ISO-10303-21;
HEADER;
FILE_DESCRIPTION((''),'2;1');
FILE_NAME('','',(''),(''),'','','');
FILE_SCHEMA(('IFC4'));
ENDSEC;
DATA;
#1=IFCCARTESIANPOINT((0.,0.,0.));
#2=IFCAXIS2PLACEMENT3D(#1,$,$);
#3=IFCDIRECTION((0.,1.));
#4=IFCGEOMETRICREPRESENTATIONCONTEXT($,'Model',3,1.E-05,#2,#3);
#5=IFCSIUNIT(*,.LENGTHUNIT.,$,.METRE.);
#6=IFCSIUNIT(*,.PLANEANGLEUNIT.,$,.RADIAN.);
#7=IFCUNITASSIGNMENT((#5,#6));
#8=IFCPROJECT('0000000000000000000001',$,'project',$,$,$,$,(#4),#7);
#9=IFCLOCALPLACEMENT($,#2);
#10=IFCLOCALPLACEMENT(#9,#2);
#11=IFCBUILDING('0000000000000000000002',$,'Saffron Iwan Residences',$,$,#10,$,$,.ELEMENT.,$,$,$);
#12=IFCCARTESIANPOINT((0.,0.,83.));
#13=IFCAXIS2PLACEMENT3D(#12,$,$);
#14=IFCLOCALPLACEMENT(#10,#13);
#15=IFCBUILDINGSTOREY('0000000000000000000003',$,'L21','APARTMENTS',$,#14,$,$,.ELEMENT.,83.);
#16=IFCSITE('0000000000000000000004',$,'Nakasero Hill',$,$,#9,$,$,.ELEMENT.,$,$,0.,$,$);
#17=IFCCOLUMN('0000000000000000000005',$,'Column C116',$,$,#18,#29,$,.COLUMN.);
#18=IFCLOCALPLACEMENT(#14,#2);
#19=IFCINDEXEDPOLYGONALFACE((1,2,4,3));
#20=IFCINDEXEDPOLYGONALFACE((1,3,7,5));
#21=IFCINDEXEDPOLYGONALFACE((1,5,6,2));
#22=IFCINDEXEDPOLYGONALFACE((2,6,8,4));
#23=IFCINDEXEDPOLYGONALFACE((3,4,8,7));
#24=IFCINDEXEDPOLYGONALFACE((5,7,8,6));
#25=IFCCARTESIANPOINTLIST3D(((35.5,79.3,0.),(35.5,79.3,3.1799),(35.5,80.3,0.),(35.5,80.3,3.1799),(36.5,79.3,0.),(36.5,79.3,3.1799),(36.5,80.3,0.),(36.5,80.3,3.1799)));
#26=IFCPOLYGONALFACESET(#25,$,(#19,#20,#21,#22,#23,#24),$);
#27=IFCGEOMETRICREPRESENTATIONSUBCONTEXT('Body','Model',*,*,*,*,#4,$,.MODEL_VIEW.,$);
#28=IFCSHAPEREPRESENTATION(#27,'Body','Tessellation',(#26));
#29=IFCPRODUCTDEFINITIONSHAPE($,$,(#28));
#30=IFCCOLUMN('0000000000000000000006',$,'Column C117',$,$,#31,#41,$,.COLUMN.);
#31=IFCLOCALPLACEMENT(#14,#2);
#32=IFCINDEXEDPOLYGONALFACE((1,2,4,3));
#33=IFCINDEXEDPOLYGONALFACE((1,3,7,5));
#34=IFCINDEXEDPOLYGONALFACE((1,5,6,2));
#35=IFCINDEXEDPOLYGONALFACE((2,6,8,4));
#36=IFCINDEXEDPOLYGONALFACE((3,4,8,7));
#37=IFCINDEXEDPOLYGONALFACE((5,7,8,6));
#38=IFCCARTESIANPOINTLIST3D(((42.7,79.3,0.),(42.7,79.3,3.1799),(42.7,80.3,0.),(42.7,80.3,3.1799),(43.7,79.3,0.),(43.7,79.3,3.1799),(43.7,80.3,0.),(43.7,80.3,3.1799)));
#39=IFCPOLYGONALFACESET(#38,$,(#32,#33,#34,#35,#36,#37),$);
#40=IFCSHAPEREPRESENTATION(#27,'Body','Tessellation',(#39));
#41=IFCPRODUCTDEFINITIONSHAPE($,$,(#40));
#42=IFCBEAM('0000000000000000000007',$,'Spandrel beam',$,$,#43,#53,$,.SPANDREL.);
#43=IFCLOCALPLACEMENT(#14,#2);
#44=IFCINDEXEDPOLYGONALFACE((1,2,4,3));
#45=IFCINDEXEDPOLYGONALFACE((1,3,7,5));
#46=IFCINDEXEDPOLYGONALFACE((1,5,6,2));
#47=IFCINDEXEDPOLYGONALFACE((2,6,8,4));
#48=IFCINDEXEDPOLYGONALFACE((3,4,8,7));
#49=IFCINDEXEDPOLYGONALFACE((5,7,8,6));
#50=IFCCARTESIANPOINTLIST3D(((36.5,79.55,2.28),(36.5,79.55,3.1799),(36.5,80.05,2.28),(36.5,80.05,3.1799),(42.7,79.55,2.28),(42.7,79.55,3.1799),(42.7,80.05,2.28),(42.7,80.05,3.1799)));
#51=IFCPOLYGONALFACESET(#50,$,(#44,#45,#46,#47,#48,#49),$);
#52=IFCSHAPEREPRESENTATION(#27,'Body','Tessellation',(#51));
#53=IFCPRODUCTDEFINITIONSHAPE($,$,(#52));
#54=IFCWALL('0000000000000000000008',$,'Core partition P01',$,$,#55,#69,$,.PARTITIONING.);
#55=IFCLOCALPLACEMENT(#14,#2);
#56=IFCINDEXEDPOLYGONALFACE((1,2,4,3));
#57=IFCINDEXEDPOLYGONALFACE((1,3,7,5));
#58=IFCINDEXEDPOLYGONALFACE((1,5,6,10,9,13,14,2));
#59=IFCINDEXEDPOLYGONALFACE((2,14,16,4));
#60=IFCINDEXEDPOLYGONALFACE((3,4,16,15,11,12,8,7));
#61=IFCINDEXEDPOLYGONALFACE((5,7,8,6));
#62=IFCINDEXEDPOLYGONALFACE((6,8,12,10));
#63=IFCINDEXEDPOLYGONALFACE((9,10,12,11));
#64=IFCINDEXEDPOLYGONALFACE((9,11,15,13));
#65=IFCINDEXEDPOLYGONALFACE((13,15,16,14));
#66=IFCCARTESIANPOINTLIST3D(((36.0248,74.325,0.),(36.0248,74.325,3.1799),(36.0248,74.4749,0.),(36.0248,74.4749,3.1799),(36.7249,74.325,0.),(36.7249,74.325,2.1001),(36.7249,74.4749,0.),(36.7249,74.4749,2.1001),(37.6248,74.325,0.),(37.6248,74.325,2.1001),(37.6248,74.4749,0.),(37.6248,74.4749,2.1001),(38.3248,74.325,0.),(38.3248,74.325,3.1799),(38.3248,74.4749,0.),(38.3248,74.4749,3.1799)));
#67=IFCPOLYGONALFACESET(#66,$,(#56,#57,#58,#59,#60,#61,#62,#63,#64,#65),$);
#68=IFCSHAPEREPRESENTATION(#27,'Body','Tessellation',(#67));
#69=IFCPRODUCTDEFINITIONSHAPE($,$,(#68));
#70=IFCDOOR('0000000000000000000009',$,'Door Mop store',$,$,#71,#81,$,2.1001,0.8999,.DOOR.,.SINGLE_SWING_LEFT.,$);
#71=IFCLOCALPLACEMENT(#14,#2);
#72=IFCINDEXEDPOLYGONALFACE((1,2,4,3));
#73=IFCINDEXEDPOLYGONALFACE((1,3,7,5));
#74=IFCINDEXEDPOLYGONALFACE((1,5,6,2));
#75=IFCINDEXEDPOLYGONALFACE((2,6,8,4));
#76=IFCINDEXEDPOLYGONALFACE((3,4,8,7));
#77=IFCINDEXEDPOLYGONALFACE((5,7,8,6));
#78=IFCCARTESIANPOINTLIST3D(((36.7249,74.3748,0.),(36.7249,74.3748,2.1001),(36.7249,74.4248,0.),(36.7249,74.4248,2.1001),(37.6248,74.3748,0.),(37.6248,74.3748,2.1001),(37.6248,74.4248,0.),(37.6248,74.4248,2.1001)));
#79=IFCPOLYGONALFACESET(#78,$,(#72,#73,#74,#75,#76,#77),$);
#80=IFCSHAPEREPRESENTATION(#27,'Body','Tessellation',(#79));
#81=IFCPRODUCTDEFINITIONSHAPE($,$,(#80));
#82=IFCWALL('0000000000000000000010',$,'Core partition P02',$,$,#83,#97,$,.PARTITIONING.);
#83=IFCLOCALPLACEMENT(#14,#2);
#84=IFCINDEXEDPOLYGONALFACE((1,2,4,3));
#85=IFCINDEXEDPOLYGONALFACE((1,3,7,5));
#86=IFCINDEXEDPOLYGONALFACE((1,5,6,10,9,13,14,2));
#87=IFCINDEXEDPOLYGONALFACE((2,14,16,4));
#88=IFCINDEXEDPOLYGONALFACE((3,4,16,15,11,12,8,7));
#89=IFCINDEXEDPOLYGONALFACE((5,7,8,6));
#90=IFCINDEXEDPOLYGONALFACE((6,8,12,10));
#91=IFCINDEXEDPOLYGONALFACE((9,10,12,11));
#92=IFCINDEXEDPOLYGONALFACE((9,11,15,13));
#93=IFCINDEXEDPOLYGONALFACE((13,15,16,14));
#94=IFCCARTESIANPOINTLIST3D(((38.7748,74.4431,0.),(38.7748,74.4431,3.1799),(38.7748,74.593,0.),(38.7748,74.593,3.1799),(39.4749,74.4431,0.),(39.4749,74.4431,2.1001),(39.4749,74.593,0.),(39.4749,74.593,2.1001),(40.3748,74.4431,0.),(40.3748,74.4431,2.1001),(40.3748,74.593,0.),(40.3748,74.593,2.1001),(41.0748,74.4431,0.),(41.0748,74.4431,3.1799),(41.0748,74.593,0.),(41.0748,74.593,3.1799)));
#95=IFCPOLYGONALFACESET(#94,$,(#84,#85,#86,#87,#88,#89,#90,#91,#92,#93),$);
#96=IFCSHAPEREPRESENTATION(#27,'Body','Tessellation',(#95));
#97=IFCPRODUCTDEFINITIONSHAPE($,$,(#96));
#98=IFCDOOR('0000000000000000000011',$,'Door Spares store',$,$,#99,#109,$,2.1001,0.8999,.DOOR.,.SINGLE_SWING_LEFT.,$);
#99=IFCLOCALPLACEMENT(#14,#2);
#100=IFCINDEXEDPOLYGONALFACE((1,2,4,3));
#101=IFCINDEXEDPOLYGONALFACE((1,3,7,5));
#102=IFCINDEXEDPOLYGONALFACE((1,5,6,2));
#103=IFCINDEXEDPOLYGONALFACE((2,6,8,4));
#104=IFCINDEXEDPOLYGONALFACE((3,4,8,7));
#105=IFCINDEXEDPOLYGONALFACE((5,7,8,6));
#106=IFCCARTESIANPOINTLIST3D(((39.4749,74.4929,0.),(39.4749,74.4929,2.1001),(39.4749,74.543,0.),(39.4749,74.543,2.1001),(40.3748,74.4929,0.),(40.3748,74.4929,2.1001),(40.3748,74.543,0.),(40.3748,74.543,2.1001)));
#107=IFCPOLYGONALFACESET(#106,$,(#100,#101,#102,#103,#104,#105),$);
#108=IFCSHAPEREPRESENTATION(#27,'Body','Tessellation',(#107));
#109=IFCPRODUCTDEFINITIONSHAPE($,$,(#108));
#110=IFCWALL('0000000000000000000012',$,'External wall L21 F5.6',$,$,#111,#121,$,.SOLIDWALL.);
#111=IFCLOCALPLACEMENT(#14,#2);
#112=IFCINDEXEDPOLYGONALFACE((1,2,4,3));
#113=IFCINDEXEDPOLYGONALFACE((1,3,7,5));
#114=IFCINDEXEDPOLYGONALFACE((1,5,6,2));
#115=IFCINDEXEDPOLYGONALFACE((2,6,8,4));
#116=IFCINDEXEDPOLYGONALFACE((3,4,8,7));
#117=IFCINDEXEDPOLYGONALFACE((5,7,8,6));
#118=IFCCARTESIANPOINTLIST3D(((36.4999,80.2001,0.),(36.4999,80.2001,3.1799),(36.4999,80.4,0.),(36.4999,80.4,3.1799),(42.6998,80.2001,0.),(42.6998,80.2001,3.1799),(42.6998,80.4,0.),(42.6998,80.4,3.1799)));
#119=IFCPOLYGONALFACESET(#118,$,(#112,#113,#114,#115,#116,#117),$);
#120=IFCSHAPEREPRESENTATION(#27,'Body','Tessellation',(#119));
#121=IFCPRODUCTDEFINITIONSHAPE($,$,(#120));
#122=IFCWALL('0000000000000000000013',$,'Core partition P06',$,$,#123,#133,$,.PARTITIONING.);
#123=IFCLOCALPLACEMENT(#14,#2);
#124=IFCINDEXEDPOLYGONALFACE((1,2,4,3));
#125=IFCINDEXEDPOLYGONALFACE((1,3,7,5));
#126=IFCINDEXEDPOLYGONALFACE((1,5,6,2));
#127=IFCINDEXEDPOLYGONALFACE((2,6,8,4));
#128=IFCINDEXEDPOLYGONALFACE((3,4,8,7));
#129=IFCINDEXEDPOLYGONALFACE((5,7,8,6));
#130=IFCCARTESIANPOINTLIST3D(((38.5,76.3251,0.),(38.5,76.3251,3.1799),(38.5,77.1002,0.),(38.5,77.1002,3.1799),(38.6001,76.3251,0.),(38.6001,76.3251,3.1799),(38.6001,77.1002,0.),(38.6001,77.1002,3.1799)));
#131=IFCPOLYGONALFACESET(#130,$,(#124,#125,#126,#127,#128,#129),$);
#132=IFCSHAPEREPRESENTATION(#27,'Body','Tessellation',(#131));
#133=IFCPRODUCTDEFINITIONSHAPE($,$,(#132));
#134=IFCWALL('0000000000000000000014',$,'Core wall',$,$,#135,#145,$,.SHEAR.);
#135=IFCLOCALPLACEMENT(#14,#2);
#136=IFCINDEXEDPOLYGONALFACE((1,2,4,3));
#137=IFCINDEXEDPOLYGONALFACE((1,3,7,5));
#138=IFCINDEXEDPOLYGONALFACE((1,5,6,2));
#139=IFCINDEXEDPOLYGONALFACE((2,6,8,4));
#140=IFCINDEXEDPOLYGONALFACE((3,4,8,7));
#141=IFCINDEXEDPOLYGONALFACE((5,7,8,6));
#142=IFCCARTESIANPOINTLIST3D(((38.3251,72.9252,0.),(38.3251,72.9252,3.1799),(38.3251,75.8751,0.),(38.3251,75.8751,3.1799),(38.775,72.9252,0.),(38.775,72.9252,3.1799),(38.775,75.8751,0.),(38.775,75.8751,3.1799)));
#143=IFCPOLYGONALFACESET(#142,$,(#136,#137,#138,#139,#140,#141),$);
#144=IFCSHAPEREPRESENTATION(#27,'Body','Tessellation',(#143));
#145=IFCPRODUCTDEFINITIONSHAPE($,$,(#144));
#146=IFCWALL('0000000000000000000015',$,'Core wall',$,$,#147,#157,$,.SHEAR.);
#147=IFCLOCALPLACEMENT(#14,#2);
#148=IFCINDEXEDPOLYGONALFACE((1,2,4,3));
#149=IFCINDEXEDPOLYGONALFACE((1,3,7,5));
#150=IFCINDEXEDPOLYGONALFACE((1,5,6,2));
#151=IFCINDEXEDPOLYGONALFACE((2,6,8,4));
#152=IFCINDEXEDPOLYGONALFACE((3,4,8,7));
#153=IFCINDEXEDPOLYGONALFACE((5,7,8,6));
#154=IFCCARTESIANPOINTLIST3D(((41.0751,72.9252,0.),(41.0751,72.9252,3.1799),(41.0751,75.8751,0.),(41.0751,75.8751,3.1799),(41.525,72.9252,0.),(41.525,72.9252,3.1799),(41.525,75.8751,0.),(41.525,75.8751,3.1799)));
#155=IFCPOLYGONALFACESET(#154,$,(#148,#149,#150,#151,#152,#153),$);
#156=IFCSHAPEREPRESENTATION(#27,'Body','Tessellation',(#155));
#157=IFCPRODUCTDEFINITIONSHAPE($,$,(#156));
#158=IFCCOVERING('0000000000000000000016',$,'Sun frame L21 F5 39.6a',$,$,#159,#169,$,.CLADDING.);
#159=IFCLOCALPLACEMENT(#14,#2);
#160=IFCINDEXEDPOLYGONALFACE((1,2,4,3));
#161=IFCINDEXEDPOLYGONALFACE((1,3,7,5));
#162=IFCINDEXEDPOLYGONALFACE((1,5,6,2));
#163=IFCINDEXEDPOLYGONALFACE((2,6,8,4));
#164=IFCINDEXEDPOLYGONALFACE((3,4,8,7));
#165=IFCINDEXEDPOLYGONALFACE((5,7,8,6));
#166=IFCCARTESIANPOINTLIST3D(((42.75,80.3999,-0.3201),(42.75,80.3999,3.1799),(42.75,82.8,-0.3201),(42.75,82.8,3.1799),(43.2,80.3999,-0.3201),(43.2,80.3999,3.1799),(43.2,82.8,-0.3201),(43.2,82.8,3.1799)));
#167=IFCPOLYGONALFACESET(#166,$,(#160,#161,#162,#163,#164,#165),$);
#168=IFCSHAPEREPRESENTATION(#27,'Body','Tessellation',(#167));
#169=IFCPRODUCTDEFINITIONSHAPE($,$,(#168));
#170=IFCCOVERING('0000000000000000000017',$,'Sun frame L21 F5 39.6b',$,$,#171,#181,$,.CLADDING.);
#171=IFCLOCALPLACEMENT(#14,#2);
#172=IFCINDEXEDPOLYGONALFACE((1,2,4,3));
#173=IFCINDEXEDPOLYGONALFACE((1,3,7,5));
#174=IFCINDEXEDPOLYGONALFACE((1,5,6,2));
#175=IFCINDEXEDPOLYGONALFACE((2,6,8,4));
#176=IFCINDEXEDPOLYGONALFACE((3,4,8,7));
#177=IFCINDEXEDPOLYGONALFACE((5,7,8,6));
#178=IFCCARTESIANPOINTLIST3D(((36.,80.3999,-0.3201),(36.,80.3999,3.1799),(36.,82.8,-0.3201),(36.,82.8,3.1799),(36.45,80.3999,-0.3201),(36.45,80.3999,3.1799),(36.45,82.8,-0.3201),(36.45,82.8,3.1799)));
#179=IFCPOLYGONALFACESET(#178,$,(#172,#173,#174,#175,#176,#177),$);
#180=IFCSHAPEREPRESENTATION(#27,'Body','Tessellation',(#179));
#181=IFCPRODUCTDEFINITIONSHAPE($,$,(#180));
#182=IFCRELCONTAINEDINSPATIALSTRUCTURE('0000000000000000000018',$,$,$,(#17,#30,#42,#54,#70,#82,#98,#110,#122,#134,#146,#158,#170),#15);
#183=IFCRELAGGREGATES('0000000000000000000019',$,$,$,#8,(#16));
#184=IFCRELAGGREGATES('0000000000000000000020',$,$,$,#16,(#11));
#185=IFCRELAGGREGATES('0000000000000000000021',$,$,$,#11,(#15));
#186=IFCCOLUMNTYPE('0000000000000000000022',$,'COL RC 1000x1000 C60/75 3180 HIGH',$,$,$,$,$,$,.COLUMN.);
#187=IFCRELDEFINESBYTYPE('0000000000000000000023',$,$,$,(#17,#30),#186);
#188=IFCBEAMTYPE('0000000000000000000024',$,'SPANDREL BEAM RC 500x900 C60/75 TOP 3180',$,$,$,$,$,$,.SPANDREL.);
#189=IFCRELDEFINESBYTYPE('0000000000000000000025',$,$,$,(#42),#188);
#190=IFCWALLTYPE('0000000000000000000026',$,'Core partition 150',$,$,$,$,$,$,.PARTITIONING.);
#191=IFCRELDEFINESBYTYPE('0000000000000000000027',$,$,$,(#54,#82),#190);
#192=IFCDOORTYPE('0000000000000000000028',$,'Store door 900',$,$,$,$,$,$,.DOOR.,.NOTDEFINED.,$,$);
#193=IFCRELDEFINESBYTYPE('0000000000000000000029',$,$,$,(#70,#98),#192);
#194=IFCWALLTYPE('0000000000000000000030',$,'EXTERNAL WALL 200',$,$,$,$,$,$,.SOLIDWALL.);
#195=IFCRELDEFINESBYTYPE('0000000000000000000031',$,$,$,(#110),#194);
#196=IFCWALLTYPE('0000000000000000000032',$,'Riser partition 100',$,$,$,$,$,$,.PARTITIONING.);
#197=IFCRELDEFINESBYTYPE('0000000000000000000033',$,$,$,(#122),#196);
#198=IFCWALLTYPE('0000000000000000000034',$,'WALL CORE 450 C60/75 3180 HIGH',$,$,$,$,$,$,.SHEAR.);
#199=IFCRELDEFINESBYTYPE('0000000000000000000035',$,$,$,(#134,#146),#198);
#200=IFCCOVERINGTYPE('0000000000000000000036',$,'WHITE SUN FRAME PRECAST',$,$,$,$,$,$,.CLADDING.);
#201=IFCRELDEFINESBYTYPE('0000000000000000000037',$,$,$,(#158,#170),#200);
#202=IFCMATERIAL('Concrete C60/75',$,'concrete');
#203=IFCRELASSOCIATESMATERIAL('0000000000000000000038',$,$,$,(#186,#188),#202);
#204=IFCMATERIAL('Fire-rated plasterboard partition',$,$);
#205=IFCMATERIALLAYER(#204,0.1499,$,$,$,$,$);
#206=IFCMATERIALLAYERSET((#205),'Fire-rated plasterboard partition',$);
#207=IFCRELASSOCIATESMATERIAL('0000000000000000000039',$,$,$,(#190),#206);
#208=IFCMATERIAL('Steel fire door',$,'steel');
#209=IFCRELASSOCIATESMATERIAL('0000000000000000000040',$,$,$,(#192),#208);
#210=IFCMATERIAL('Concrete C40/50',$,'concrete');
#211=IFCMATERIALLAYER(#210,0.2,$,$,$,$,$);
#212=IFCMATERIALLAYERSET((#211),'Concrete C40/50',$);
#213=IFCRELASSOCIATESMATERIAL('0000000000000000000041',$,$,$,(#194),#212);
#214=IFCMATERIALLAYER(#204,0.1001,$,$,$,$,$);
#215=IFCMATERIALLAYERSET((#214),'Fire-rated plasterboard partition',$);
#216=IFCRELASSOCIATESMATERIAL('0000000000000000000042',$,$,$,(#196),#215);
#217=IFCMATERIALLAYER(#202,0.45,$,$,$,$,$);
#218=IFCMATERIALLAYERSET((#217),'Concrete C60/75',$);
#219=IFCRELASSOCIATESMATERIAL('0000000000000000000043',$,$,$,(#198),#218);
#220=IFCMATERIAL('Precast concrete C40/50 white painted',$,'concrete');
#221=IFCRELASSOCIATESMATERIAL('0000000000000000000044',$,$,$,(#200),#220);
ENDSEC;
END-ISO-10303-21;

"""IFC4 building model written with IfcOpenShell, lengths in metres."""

from ifc_helpers import new_model, si_unit, direction, frame, frame_2d, origin, origin_2d, place, context, subcontext, project, spatial, polyline, rectangle, outline, extrude, source, transform, mapped, material, layer, layer_set, material_profile, profile_set, type_object, element, fill, save


model = new_model("IFC4")

# Units and contexts
model_context = context("Model", 3, precision=1e-05, world=origin(), true_north=direction((0.0, 1.0)))
body_context = subcontext(model_context, "Body", "Model", "MODEL_VIEW")
ifc_project = project(units=[si_unit("LENGTHUNIT", "METRE"), si_unit("PLANEANGLEUNIT", "RADIAN")], contexts=[model_context])

# Site, building, storey
site_placement = place(None, origin())
site = spatial("IfcSite", under=ifc_project, at=site_placement, Name="Nakasero Hill", CompositionType="ELEMENT", RefElevation=0.0)
building_placement = place(site_placement, origin())
building = spatial("IfcBuilding", under=site, at=building_placement, Name="Saffron Iwan Residences", CompositionType="ELEMENT")
storey_placement = place(building_placement, frame((0.0, 0.0, 83.0)))
storey = spatial("IfcBuildingStorey", under=building, at=storey_placement, Name="L21", Description="APARTMENTS", CompositionType="ELEMENT", Elevation=83.0)

# Columns
ifc_material_1 = material(Name="Concrete C60/75", Category="concrete")
ifc_material_profile_1 = material_profile(ifc_material_1, rectangle(XDim=1.0, YDim=1.0, at=origin_2d()), Name="RC 1000x1000")
ifc_profile_set_1 = profile_set([ifc_material_profile_1], Name="Concrete C60/75")
column_type = type_object("IfcColumnType", Name="COL RC 1000x1000 C60/75 3180 HIGH", PredefinedType="COLUMN", material=ifc_profile_set_1)
shared_shape_1 = source(origin(), body_context, "Body", "SweptSolid", [
    extrude(rectangle(XDim=1.0, YDim=1.0, at=origin_2d()), origin(), (0.0, 0.0, 1.0), 3.1799),
])
for number, where, z_axis, x_axis, name in (
    (1, (36.0, 79.8, 0.0), (0.0, 0.0, 1.0), (1.0, 0.0, 0.0), "Column C116"),
    (2, (43.2, 79.8, 0.0), (0.0, 0.0, 1.0), (1.0, 0.0, 0.0), "Column C117"),
):
    element("IfcColumn", number, at=place(storey_placement, frame(where, z_axis=z_axis, x_axis=x_axis)), inside=storey, type_object=column_type, Name=name, PredefinedType="COLUMN", context=body_context, shape_type="MappedRepresentation", body=[
        mapped(shared_shape_1, transform((0.0, 0.0, 0.0))),
    ])

# Beam
ifc_material_profile_2 = material_profile(ifc_material_1, rectangle(XDim=0.5, YDim=0.8999, at=origin_2d()), Name="RC 500x900")
ifc_profile_set_2 = profile_set([ifc_material_profile_2], Name="Concrete C60/75")
beam_type = type_object("IfcBeamType", Name="SPANDREL BEAM RC 500x900 C60/75 TOP 3180", PredefinedType="SPANDREL", material=ifc_profile_set_2)
shared_shape_2 = source(origin(), body_context, "Body", "SweptSolid", [
    extrude(rectangle(XDim=0.5, YDim=0.8999, at=origin_2d()), origin(), (0.0, 0.0, 1.0), 6.2),
])
beam_placement = place(storey_placement, frame((36.5, 79.8, 2.73), z_axis=(1.0, 0.0, 0.0), x_axis=(0.0, 1.0, 0.0)))
element("IfcBeam", 3, at=beam_placement, inside=storey, type_object=beam_type, Name="Spandrel beam", PredefinedType="SPANDREL", context=body_context, shape_type="MappedRepresentation", body=[
    mapped(shared_shape_2, transform((0.0, 0.0, 0.0))),
])

# Walls, openings, doors
ifc_material_2 = material(Name="Fire-rated plasterboard partition")
ifc_layer_1 = layer(ifc_material_2, 0.1499)
ifc_layer_set_1 = layer_set([ifc_layer_1], Name="Fire-rated plasterboard partition")
wall_type_1 = type_object("IfcWallType", Name="Core partition 150", PredefinedType="PARTITIONING", material=ifc_layer_set_1)
wall_1_placement = place(storey_placement, frame((36.0249, 74.3999, 0.0), z_axis=(0.0, 0.0, 1.0), x_axis=(1.0, 0.0, 0.0)))
wall_1 = element("IfcWall", 4, at=wall_1_placement, inside=storey, type_object=wall_type_1, Name="Core partition P01", PredefinedType="PARTITIONING", context=body_context, shape_type="SweptSolid", body=[
    extrude(rectangle(XDim=2.3, YDim=0.1499, at=frame_2d((1.1499, 0.0))), origin(), (0.0, 0.0, 1.0), 3.1799),
])
opening_1_placement = place(wall_1_placement, frame((0.7, 0.0, 0.0)))
opening_1 = element("IfcOpeningElement", 5, at=opening_1_placement, cuts=wall_1, PredefinedType="OPENING", context=body_context, shape_type="SweptSolid", body=[
    extrude(rectangle(XDim=0.8999, YDim=2.1001, at=frame_2d((0.45, 1.05))), frame((0.0, 0.085, 0.0), z_axis=(0.0, -1.0, 0.0), x_axis=(1.0, 0.0, 0.0)), (0.0, 0.0, 1.0), 0.1699),
])
ifc_material_3 = material(Name="Steel fire door", Category="steel")
door_type = type_object("IfcDoorType", Name="Store door 900", OperationType="NOTDEFINED", PredefinedType="DOOR", material=ifc_material_3)
door_1_placement = place(opening_1_placement, origin())
door_1 = element("IfcDoor", 6, at=door_1_placement, inside=storey, type_object=door_type, Name="Door Mop store", OperationType="SINGLE_SWING_LEFT", OverallHeight=2.1001, OverallWidth=0.8999, PredefinedType="DOOR", context=body_context, shape_type="SweptSolid", body=[
    extrude(rectangle(XDim=0.8999, YDim=2.1001, at=frame_2d((0.45, 1.05))), frame((0.0, 0.0249, 0.0), z_axis=(0.0, -1.0, 0.0), x_axis=(1.0, 0.0, 0.0)), (0.0, 0.0, 1.0), 0.05),
])
fill(opening_1, door_1)
wall_2_placement = place(storey_placement, frame((38.7749, 74.5181, 0.0), z_axis=(0.0, 0.0, 1.0), x_axis=(1.0, 0.0, 0.0)))
wall_2 = element("IfcWall", 7, at=wall_2_placement, inside=storey, type_object=wall_type_1, Name="Core partition P02", PredefinedType="PARTITIONING", context=body_context, shape_type="SweptSolid", body=[
    extrude(rectangle(XDim=2.3, YDim=0.1499, at=frame_2d((1.1499, 0.0))), origin(), (0.0, 0.0, 1.0), 3.1799),
])
opening_2_placement = place(wall_2_placement, frame((0.7, 0.0, 0.0)))
opening_2 = element("IfcOpeningElement", 8, at=opening_2_placement, cuts=wall_2, PredefinedType="OPENING", context=body_context, shape_type="SweptSolid", body=[
    extrude(rectangle(XDim=0.8999, YDim=2.1001, at=frame_2d((0.45, 1.05))), frame((0.0, 0.085, 0.0), z_axis=(0.0, -1.0, 0.0), x_axis=(1.0, 0.0, 0.0)), (0.0, 0.0, 1.0), 0.1699),
])
door_2_placement = place(opening_2_placement, origin())
door_2 = element("IfcDoor", 9, at=door_2_placement, inside=storey, type_object=door_type, Name="Door Spares store", OperationType="SINGLE_SWING_LEFT", OverallHeight=2.1001, OverallWidth=0.8999, PredefinedType="DOOR", context=body_context, shape_type="SweptSolid", body=[
    extrude(rectangle(XDim=0.8999, YDim=2.1001, at=frame_2d((0.45, 1.05))), frame((0.0, 0.0249, 0.0), z_axis=(0.0, -1.0, 0.0), x_axis=(1.0, 0.0, 0.0)), (0.0, 0.0, 1.0), 0.05),
])
fill(opening_2, door_2)

# Walls
ifc_material_4 = material(Name="Concrete C40/50", Category="concrete")
ifc_layer_2 = layer(ifc_material_4, 0.2)
ifc_layer_set_2 = layer_set([ifc_layer_2], Name="Concrete C40/50")
wall_type_2 = type_object("IfcWallType", Name="EXTERNAL WALL 200", PredefinedType="SOLIDWALL", material=ifc_layer_set_2)
wall_3_placement = place(storey_placement, frame((42.7, 80.3, 0.0), z_axis=(0.0, 0.0, 1.0), x_axis=(-1.0, 0.0, 0.0)))
element("IfcWall", 10, at=wall_3_placement, inside=storey, type_object=wall_type_2, Name="External wall L21 F5.6", PredefinedType="SOLIDWALL", context=body_context, shape_type="SweptSolid", body=[
    extrude(rectangle(XDim=6.2, YDim=0.2, at=frame_2d((3.1001, 0.0))), origin(), (0.0, 0.0, 1.0), 3.1799),
])
ifc_layer_3 = layer(ifc_material_2, 0.1001)
ifc_layer_set_3 = layer_set([ifc_layer_3], Name="Fire-rated plasterboard partition")
wall_type_3 = type_object("IfcWallType", Name="Riser partition 100", PredefinedType="PARTITIONING", material=ifc_layer_set_3)
wall_4_placement = place(storey_placement, frame((38.55, 76.325, 0.0), z_axis=(0.0, 0.0, 1.0), x_axis=(0.0, 1.0, 0.0)))
element("IfcWall", 11, at=wall_4_placement, inside=storey, type_object=wall_type_3, Name="Core partition P06", PredefinedType="PARTITIONING", context=body_context, shape_type="SweptSolid", body=[
    extrude(rectangle(XDim=0.7751, YDim=0.1001, at=frame_2d((0.3877, 0.0))), origin(), (0.0, 0.0, 1.0), 3.1799),
])
ifc_layer_4 = layer(ifc_material_1, 0.45)
ifc_layer_set_4 = layer_set([ifc_layer_4], Name="Concrete C60/75")
wall_type_4 = type_object("IfcWallType", Name="WALL CORE 450 C60/75 3180 HIGH", PredefinedType="SHEAR", material=ifc_layer_set_4)
for number, where, z_axis, x_axis, name in (
    (12, (38.55, 72.925, 0.0), (0.0, 0.0, 1.0), (0.0, 1.0, 0.0), "Core wall"),
    (13, (41.3, 72.925, 0.0), (0.0, 0.0, 1.0), (0.0, 1.0, 0.0), "Core wall"),
):
    element("IfcWall", number, at=place(storey_placement, frame(where, z_axis=z_axis, x_axis=x_axis)), inside=storey, type_object=wall_type_4, Name=name, PredefinedType="SHEAR", context=body_context, shape_type="SweptSolid", body=[
        extrude(rectangle(XDim=2.95, YDim=0.45, at=frame_2d((1.4751, 0.0))), origin(), (0.0, 0.0, 1.0), 3.1799),
    ])

# Coverings
ifc_material_5 = material(Name="Precast concrete C40/50 white painted", Category="concrete")
covering_type = type_object("IfcCoveringType", Name="WHITE SUN FRAME PRECAST", PredefinedType="CLADDING", material=ifc_material_5)
for number, where, z_axis, x_axis, name in (
    (14, (43.2, 80.3999, -0.3201), (0.0, 1.0, 0.0), (-1.0, 0.0, 0.0), "Sun frame L21 F5 39.6a"),
    (15, (36.45, 80.3999, -0.3201), (0.0, 1.0, 0.0), (-1.0, 0.0, 0.0), "Sun frame L21 F5 39.6b"),
):
    element("IfcCovering", number, at=place(storey_placement, frame(where, z_axis=z_axis, x_axis=x_axis)), inside=storey, type_object=covering_type, Name=name, PredefinedType="CLADDING", context=body_context, shape_type="SweptSolid", body=[
        extrude(outline(polyline([(0.0, 0.0), (0.45, 0.0), (0.45, 3.5), (0.0, 3.5), (0.0, 0.0)])), origin(), (0.0, 0.0, 1.0), 2.4001),
    ])

save(model, "model.ifc")
